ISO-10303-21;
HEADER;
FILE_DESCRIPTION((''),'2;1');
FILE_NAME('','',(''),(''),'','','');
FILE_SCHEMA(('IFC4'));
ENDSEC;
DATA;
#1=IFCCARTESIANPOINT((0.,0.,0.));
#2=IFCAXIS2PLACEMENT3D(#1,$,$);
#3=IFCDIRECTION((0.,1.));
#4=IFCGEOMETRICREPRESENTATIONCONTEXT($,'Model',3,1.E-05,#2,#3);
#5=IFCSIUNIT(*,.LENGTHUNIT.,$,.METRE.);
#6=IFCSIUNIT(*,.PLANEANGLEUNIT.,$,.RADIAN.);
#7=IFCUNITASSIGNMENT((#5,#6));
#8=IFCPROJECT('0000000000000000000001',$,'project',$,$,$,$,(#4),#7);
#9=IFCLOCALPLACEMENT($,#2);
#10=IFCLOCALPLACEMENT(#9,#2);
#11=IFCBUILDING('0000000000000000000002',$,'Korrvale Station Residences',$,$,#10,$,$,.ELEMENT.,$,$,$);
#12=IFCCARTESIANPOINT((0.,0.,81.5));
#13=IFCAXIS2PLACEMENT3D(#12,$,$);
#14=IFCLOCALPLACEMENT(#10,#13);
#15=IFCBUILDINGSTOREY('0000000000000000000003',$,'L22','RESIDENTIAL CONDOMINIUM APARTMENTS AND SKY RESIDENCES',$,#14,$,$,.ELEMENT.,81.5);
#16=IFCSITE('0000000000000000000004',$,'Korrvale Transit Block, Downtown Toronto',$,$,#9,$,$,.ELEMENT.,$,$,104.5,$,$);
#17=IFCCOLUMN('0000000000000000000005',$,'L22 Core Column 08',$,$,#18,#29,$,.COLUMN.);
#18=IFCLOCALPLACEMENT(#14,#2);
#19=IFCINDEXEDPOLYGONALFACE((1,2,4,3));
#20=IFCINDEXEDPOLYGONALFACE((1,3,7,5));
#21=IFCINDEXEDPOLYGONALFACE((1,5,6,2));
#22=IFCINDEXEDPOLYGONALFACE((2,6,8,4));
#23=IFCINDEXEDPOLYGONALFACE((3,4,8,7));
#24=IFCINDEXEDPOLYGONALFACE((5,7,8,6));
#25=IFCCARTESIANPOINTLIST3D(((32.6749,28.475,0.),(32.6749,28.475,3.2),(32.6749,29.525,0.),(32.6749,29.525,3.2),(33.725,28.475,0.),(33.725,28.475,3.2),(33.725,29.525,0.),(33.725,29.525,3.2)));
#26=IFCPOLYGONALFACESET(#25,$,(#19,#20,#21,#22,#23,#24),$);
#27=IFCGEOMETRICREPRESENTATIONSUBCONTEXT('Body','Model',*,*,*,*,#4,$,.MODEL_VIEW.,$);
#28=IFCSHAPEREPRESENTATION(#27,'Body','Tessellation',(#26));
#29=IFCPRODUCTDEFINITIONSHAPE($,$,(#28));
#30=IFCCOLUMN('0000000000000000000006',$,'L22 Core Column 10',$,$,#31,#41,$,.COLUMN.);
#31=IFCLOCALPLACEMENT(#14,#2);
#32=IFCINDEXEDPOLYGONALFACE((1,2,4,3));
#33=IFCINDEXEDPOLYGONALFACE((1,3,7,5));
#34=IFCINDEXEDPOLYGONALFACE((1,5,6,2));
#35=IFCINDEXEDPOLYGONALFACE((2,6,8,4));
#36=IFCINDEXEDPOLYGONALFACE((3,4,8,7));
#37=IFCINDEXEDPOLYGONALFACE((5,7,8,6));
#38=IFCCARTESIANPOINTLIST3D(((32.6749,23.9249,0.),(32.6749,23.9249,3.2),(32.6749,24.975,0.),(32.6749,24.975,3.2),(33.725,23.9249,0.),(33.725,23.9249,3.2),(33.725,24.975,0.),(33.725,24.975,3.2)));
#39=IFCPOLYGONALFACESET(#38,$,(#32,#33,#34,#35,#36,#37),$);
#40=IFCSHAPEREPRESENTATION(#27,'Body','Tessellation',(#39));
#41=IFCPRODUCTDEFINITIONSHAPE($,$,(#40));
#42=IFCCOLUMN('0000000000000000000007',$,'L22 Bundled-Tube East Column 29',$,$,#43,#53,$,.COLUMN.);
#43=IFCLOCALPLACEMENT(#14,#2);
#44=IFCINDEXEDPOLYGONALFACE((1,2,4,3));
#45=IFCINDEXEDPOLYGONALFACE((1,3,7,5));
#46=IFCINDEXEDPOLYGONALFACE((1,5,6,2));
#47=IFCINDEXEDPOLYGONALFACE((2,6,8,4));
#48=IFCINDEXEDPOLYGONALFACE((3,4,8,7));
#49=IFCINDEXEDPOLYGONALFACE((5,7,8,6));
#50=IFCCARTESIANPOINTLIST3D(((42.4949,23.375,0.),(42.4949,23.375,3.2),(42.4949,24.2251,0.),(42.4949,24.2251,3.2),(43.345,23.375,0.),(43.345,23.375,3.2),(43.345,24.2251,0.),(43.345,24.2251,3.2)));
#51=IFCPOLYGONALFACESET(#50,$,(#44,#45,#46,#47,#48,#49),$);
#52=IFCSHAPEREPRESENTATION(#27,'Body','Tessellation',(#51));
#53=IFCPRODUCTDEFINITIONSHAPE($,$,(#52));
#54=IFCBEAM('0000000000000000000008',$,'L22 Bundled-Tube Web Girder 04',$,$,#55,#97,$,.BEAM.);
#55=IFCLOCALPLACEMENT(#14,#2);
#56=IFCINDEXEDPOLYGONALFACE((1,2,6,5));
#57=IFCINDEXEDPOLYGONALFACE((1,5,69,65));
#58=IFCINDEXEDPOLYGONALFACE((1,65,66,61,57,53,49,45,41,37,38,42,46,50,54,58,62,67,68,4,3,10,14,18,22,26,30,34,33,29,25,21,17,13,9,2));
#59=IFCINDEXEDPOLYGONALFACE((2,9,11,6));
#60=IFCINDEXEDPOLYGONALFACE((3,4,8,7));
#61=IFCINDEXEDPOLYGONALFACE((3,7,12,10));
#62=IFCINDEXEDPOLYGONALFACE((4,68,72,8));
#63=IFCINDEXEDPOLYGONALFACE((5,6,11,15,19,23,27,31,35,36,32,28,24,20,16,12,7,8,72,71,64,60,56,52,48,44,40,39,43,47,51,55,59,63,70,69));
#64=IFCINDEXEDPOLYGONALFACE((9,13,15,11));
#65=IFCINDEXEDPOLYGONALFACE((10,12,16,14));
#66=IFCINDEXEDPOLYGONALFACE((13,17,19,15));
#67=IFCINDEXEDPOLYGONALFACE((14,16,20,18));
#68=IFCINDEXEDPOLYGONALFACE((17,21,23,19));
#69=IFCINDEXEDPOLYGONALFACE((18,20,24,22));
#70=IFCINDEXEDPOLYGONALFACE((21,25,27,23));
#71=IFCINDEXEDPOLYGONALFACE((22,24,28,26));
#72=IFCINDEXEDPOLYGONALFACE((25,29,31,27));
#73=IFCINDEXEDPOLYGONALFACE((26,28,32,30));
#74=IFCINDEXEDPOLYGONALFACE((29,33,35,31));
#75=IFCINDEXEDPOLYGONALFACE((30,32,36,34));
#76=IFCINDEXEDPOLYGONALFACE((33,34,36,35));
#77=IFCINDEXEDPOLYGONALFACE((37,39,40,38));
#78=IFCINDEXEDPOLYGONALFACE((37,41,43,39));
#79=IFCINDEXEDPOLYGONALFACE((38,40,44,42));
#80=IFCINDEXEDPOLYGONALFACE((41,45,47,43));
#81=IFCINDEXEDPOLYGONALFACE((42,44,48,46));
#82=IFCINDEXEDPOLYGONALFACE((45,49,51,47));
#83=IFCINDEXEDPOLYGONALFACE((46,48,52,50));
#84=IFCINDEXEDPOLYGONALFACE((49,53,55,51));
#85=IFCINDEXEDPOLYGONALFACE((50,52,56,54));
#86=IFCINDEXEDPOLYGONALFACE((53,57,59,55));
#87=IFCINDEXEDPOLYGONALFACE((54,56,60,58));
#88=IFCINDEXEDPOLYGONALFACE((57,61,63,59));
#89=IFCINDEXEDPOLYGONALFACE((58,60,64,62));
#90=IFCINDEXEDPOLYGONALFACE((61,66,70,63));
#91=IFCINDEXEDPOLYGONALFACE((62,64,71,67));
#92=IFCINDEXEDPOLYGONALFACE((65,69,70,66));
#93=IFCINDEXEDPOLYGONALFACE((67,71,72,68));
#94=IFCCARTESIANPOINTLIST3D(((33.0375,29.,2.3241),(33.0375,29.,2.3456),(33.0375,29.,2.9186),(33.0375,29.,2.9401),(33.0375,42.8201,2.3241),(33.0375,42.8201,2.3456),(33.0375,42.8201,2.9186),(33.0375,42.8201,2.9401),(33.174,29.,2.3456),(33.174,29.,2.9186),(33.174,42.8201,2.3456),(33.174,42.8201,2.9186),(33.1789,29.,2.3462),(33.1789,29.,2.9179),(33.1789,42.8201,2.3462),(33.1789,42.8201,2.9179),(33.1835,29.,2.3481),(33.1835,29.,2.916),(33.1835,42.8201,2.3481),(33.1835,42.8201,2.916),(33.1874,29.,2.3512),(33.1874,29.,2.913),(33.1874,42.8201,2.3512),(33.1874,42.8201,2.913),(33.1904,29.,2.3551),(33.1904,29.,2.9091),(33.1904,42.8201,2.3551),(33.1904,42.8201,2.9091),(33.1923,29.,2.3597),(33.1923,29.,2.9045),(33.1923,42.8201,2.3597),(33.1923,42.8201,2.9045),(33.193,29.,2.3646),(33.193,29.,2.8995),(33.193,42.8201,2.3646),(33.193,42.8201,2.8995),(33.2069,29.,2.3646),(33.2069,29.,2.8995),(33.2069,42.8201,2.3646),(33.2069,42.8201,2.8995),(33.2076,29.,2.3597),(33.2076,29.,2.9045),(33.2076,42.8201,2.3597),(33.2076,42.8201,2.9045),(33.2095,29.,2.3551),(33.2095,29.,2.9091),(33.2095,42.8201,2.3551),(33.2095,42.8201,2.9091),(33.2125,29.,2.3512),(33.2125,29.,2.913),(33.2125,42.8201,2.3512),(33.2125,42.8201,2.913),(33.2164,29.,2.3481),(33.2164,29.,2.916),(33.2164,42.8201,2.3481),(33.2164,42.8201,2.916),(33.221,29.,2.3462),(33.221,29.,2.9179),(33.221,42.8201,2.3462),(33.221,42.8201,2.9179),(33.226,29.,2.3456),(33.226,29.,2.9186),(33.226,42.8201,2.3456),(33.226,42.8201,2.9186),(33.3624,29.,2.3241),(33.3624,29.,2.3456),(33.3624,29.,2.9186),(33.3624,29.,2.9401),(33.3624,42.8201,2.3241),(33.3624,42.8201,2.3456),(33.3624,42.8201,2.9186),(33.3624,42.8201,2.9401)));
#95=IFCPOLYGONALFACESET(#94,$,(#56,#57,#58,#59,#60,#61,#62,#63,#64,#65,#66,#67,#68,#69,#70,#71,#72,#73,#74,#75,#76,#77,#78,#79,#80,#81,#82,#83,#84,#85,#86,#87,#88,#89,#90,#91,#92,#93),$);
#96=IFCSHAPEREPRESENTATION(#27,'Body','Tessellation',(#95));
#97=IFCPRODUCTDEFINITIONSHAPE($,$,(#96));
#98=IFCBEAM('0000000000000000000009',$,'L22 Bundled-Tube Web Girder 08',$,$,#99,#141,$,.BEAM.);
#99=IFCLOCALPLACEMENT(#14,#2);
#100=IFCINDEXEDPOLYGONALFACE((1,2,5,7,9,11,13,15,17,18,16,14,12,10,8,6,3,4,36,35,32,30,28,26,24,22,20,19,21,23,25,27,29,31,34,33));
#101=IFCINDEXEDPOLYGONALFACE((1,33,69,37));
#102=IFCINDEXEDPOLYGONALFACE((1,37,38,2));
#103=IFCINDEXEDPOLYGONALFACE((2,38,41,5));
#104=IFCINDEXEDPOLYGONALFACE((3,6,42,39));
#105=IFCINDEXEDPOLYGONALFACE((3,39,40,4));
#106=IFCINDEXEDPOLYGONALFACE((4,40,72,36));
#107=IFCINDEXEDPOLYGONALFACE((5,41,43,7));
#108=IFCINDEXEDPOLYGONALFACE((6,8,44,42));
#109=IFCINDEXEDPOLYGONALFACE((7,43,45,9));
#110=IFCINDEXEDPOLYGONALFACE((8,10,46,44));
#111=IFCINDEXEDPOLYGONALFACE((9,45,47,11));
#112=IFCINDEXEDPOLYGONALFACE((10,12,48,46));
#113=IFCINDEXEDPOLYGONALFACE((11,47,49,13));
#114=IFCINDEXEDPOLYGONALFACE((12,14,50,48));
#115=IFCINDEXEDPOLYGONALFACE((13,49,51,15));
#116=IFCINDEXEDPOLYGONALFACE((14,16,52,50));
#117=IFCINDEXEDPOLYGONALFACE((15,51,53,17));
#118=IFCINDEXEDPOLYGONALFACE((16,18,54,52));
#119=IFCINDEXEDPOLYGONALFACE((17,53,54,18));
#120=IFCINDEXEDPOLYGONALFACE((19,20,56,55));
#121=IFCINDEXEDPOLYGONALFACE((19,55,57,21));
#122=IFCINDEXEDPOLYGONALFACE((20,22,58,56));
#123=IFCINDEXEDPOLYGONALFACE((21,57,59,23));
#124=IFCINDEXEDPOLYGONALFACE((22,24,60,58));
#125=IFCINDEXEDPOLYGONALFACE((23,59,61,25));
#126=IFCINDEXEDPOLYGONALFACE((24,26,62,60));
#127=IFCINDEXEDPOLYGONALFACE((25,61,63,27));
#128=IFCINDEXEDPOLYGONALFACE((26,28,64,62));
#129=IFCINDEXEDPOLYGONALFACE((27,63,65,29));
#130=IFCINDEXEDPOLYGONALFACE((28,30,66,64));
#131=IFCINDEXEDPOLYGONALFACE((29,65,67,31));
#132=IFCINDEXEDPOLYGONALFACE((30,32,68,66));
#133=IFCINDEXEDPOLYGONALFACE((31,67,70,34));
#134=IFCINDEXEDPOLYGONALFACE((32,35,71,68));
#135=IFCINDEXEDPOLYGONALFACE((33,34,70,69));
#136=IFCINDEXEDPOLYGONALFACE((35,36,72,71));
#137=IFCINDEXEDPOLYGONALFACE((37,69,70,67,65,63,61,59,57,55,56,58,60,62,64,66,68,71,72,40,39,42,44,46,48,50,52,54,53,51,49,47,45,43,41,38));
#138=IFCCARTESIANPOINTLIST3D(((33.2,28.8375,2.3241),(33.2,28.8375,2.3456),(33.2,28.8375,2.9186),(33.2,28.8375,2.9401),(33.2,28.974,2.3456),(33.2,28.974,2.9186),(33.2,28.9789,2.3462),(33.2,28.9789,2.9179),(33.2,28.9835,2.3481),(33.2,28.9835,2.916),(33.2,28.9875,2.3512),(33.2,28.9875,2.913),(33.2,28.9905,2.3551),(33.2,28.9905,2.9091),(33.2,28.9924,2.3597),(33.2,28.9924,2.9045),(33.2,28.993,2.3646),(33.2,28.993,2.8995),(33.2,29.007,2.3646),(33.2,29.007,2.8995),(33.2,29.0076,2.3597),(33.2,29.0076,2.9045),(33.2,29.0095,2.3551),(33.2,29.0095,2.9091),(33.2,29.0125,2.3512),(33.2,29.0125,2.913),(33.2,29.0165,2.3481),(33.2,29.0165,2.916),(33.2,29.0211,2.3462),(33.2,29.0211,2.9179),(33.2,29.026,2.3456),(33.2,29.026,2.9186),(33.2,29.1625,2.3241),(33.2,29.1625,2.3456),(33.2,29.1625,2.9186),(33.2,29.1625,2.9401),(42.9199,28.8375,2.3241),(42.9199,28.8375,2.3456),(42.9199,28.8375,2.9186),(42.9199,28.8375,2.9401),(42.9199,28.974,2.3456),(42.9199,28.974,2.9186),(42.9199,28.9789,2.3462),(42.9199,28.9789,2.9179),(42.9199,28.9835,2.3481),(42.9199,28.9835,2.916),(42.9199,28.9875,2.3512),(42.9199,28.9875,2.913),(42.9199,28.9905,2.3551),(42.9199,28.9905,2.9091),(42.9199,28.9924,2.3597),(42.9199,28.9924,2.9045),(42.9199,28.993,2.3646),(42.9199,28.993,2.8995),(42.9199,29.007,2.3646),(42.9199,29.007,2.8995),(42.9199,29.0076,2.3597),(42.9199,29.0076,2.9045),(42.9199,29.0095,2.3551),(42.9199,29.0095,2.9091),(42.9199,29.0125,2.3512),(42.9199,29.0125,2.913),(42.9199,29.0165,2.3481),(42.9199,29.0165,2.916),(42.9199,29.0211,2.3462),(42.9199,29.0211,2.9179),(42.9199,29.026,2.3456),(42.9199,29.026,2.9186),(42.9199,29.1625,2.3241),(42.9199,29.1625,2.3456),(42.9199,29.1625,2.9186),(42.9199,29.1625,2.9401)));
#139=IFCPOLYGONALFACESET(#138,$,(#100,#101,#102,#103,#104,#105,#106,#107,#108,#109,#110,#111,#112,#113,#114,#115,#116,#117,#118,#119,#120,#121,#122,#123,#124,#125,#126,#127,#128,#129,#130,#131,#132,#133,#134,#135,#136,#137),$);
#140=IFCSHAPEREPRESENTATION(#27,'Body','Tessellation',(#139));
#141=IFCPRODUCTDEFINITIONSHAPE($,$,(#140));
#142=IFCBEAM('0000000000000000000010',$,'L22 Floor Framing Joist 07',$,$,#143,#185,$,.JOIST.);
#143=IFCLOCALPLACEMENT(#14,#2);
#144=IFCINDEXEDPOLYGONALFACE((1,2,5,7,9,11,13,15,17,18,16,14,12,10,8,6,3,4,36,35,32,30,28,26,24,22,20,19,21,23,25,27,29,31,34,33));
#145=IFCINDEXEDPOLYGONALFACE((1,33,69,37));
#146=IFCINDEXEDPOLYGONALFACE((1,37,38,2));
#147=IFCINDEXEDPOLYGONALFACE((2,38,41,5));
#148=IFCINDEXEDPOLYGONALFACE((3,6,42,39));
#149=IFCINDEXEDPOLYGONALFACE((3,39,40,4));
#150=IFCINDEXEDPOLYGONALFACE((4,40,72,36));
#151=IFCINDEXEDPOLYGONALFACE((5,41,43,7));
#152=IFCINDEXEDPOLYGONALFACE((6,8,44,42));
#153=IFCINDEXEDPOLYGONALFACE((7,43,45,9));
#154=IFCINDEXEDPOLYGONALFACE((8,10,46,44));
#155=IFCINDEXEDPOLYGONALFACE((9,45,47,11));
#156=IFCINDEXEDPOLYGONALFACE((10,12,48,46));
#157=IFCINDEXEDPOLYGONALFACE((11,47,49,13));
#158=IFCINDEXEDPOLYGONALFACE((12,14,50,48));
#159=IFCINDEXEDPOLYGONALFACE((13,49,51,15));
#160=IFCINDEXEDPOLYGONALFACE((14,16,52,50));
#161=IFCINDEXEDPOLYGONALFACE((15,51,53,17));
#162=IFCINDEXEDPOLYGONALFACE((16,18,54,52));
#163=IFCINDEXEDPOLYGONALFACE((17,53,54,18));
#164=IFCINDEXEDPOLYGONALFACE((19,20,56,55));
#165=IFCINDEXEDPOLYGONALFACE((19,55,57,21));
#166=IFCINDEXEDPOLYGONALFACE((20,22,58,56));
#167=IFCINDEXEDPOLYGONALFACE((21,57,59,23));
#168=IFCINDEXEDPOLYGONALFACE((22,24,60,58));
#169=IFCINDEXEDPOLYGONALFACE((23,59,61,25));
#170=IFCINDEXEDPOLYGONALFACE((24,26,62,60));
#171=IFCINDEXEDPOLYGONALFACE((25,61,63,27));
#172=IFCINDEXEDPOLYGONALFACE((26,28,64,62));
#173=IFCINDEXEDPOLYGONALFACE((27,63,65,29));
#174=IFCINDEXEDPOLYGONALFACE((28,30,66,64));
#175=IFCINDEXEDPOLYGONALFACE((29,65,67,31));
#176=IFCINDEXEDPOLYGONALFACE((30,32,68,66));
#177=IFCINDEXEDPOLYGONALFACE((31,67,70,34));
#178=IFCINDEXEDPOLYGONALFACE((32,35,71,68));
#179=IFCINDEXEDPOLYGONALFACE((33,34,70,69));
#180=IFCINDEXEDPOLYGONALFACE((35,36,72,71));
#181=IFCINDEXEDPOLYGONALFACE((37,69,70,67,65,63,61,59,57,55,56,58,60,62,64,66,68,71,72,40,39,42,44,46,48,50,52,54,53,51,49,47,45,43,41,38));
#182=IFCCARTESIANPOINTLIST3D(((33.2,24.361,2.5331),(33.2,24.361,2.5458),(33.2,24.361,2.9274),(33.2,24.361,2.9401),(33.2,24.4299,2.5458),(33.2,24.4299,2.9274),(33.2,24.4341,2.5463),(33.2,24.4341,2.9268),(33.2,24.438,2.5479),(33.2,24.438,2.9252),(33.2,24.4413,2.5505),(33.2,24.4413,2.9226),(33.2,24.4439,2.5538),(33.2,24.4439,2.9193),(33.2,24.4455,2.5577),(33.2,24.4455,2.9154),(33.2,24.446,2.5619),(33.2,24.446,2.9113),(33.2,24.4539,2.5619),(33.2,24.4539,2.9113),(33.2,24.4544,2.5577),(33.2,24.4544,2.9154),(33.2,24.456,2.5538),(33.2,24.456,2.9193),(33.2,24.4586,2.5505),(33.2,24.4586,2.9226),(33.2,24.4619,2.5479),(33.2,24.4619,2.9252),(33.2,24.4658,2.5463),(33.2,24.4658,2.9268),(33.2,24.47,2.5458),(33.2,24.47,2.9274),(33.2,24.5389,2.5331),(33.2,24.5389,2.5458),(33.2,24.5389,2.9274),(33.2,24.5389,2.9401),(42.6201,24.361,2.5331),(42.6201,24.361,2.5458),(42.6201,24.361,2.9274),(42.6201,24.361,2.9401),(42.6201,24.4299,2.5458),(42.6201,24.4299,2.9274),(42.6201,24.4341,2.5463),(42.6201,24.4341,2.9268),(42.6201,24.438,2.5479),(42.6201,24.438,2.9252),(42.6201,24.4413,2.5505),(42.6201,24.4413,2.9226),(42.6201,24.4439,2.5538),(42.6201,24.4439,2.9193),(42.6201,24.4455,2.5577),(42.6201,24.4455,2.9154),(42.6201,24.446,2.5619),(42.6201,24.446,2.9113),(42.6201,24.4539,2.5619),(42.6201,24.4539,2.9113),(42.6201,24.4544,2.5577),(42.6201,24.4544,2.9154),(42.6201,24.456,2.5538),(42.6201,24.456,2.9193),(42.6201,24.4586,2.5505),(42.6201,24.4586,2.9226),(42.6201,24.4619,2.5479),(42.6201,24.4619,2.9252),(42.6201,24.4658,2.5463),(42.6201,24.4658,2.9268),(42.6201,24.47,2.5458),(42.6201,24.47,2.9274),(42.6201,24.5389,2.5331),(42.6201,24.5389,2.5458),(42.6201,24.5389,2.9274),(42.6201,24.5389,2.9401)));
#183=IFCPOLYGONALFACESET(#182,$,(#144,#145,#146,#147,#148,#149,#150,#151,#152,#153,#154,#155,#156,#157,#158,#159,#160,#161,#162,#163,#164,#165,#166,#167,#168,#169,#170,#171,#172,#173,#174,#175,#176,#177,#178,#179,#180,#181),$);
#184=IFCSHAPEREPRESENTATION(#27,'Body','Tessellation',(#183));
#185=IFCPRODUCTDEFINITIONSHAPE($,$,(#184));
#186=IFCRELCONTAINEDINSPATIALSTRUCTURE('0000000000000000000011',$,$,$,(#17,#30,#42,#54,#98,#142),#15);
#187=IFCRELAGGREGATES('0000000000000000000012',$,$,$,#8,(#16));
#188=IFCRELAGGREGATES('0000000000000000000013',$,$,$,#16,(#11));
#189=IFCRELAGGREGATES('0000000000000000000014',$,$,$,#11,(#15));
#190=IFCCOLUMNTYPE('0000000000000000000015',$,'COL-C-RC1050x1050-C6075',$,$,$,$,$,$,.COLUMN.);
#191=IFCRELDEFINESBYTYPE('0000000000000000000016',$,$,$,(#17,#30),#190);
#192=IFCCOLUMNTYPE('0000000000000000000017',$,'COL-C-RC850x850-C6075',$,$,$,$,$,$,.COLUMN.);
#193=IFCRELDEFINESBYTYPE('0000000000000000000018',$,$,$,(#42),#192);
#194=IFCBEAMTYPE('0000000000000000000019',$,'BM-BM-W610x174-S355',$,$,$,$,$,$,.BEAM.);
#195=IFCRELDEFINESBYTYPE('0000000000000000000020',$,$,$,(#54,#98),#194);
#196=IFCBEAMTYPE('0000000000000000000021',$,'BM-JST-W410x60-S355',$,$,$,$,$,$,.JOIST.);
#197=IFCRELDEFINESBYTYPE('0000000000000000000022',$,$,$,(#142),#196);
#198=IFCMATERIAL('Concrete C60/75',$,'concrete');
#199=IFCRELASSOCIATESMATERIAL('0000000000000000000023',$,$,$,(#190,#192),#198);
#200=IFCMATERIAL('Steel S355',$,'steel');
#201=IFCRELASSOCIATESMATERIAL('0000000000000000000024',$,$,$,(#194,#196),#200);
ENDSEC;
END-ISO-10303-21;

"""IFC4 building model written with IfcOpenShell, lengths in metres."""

from ifc_helpers import new_model, si_unit, direction, frame, origin, origin_2d, place, context, subcontext, project, spatial, rectangle, i_section, extrude, material, material_profile, profile_set, type_object, element, save


model = new_model("IFC4")

# Units and contexts
model_context = context("Model", 3, precision=1e-05, world=origin(), true_north=direction((0.0, 1.0)))
body_context = subcontext(model_context, "Body", "Model", "MODEL_VIEW")
ifc_project = project(units=[si_unit("LENGTHUNIT", "METRE"), si_unit("PLANEANGLEUNIT", "RADIAN")], contexts=[model_context])

# Site, building, storey
site_placement = place(None, origin())
site = spatial("IfcSite", under=ifc_project, at=site_placement, Name="Korrvale Transit Block, Downtown Toronto", CompositionType="ELEMENT", RefElevation=104.5)
building_placement = place(site_placement, origin())
building = spatial("IfcBuilding", under=site, at=building_placement, Name="Korrvale Station Residences", CompositionType="ELEMENT")
storey_placement = place(building_placement, frame((0.0, 0.0, 81.5)))
storey = spatial("IfcBuildingStorey", under=building, at=storey_placement, Name="L22", Description="RESIDENTIAL CONDOMINIUM APARTMENTS AND SKY RESIDENCES", CompositionType="ELEMENT", Elevation=81.5)

# Columns
ifc_material_1 = material(Name="Concrete C60/75", Category="concrete")
ifc_material_profile_1 = material_profile(ifc_material_1, rectangle(XDim=1.05, YDim=1.05, at=origin_2d()), Name="RC1050x1050")
ifc_profile_set_1 = profile_set([ifc_material_profile_1], Name="Concrete C60/75")
column_type_1 = type_object("IfcColumnType", Name="COL-C-RC1050x1050-C6075", PredefinedType="COLUMN", material=ifc_profile_set_1)
for number, where, z_axis, x_axis, name in (
    (1, (33.2, 29.0, 0.0), (0.0, 0.0, 1.0), (1.0, 0.0, 0.0), "L22 Core Column 08"),
    (2, (33.2, 24.45, 0.0), (0.0, 0.0, 1.0), (1.0, 0.0, 0.0), "L22 Core Column 10"),
):
    element("IfcColumn", number, at=place(storey_placement, frame(where, z_axis=z_axis, x_axis=x_axis)), inside=storey, type_object=column_type_1, Name=name, PredefinedType="COLUMN", context=body_context, shape_type="SweptSolid", body=[
        extrude(rectangle(XDim=1.05, YDim=1.05, at=origin_2d()), origin(), (0.0, 0.0, 1.0), 3.2),
    ])
ifc_material_profile_2 = material_profile(ifc_material_1, rectangle(XDim=0.8501, YDim=0.8501, at=origin_2d()), Name="RC850x850")
ifc_profile_set_2 = profile_set([ifc_material_profile_2], Name="Concrete C60/75")
column_type_2 = type_object("IfcColumnType", Name="COL-C-RC850x850-C6075", PredefinedType="COLUMN", material=ifc_profile_set_2)
column_placement = place(storey_placement, frame((42.9199, 23.8, 0.0), z_axis=(0.0, 0.0, 1.0), x_axis=(1.0, 0.0, 0.0)))
element("IfcColumn", 3, at=column_placement, inside=storey, type_object=column_type_2, Name="L22 Bundled-Tube East Column 29", PredefinedType="COLUMN", context=body_context, shape_type="SweptSolid", body=[
    extrude(rectangle(XDim=0.8501, YDim=0.8501, at=origin_2d()), origin(), (0.0, 0.0, 1.0), 3.2),
])

# Beams
ifc_material_2 = material(Name="Steel S355", Category="steel")
ifc_material_profile_3 = material_profile(ifc_material_2, i_section(OverallWidth=0.325, OverallDepth=0.616, WebThickness=0.0139, FlangeThickness=0.0215, FilletRadius=0.019, at=origin_2d()), Name="W610x174")
ifc_profile_set_3 = profile_set([ifc_material_profile_3], Name="Steel S355")
beam_type_1 = type_object("IfcBeamType", Name="BM-BM-W610x174-S355", PredefinedType="BEAM", material=ifc_profile_set_3)
beam_1_placement = place(storey_placement, frame((33.2, 29.0, 2.6321), z_axis=(0.0, 1.0, 0.0), x_axis=(-1.0, 0.0, 0.0)))
element("IfcBeam", 4, at=beam_1_placement, inside=storey, type_object=beam_type_1, Name="L22 Bundled-Tube Web Girder 04", PredefinedType="BEAM", context=body_context, shape_type="SweptSolid", body=[
    extrude(i_section(OverallWidth=0.325, OverallDepth=0.616, WebThickness=0.0139, FlangeThickness=0.0215, FilletRadius=0.019, at=origin_2d()), origin(), (0.0, 0.0, 1.0), 13.8201),
])
beam_2_placement = place(storey_placement, frame((33.2, 29.0, 2.6321), z_axis=(1.0, 0.0, 0.0), x_axis=(0.0, 1.0, 0.0)))
element("IfcBeam", 5, at=beam_2_placement, inside=storey, type_object=beam_type_1, Name="L22 Bundled-Tube Web Girder 08", PredefinedType="BEAM", context=body_context, shape_type="SweptSolid", body=[
    extrude(i_section(OverallWidth=0.325, OverallDepth=0.616, WebThickness=0.0139, FlangeThickness=0.0215, FilletRadius=0.019, at=origin_2d()), origin(), (0.0, 0.0, 1.0), 9.72),
])
ifc_material_profile_4 = material_profile(ifc_material_2, i_section(OverallWidth=0.178, OverallDepth=0.407, WebThickness=0.0078, FlangeThickness=0.0127, FilletRadius=0.0161, at=origin_2d()), Name="W410x60")
ifc_profile_set_4 = profile_set([ifc_material_profile_4], Name="Steel S355")
beam_type_2 = type_object("IfcBeamType", Name="BM-JST-W410x60-S355", PredefinedType="JOIST", material=ifc_profile_set_4)
beam_3_placement = place(storey_placement, frame((33.2, 24.45, 2.7366), z_axis=(1.0, 0.0, 0.0), x_axis=(0.0, 1.0, 0.0)))
element("IfcBeam", 6, at=beam_3_placement, inside=storey, type_object=beam_type_2, Name="L22 Floor Framing Joist 07", PredefinedType="JOIST", context=body_context, shape_type="SweptSolid", body=[
    extrude(i_section(OverallWidth=0.178, OverallDepth=0.407, WebThickness=0.0078, FlangeThickness=0.0127, FilletRadius=0.0161, at=origin_2d()), origin(), (0.0, 0.0, 1.0), 9.4202),
])

save(model, "model.ifc")
